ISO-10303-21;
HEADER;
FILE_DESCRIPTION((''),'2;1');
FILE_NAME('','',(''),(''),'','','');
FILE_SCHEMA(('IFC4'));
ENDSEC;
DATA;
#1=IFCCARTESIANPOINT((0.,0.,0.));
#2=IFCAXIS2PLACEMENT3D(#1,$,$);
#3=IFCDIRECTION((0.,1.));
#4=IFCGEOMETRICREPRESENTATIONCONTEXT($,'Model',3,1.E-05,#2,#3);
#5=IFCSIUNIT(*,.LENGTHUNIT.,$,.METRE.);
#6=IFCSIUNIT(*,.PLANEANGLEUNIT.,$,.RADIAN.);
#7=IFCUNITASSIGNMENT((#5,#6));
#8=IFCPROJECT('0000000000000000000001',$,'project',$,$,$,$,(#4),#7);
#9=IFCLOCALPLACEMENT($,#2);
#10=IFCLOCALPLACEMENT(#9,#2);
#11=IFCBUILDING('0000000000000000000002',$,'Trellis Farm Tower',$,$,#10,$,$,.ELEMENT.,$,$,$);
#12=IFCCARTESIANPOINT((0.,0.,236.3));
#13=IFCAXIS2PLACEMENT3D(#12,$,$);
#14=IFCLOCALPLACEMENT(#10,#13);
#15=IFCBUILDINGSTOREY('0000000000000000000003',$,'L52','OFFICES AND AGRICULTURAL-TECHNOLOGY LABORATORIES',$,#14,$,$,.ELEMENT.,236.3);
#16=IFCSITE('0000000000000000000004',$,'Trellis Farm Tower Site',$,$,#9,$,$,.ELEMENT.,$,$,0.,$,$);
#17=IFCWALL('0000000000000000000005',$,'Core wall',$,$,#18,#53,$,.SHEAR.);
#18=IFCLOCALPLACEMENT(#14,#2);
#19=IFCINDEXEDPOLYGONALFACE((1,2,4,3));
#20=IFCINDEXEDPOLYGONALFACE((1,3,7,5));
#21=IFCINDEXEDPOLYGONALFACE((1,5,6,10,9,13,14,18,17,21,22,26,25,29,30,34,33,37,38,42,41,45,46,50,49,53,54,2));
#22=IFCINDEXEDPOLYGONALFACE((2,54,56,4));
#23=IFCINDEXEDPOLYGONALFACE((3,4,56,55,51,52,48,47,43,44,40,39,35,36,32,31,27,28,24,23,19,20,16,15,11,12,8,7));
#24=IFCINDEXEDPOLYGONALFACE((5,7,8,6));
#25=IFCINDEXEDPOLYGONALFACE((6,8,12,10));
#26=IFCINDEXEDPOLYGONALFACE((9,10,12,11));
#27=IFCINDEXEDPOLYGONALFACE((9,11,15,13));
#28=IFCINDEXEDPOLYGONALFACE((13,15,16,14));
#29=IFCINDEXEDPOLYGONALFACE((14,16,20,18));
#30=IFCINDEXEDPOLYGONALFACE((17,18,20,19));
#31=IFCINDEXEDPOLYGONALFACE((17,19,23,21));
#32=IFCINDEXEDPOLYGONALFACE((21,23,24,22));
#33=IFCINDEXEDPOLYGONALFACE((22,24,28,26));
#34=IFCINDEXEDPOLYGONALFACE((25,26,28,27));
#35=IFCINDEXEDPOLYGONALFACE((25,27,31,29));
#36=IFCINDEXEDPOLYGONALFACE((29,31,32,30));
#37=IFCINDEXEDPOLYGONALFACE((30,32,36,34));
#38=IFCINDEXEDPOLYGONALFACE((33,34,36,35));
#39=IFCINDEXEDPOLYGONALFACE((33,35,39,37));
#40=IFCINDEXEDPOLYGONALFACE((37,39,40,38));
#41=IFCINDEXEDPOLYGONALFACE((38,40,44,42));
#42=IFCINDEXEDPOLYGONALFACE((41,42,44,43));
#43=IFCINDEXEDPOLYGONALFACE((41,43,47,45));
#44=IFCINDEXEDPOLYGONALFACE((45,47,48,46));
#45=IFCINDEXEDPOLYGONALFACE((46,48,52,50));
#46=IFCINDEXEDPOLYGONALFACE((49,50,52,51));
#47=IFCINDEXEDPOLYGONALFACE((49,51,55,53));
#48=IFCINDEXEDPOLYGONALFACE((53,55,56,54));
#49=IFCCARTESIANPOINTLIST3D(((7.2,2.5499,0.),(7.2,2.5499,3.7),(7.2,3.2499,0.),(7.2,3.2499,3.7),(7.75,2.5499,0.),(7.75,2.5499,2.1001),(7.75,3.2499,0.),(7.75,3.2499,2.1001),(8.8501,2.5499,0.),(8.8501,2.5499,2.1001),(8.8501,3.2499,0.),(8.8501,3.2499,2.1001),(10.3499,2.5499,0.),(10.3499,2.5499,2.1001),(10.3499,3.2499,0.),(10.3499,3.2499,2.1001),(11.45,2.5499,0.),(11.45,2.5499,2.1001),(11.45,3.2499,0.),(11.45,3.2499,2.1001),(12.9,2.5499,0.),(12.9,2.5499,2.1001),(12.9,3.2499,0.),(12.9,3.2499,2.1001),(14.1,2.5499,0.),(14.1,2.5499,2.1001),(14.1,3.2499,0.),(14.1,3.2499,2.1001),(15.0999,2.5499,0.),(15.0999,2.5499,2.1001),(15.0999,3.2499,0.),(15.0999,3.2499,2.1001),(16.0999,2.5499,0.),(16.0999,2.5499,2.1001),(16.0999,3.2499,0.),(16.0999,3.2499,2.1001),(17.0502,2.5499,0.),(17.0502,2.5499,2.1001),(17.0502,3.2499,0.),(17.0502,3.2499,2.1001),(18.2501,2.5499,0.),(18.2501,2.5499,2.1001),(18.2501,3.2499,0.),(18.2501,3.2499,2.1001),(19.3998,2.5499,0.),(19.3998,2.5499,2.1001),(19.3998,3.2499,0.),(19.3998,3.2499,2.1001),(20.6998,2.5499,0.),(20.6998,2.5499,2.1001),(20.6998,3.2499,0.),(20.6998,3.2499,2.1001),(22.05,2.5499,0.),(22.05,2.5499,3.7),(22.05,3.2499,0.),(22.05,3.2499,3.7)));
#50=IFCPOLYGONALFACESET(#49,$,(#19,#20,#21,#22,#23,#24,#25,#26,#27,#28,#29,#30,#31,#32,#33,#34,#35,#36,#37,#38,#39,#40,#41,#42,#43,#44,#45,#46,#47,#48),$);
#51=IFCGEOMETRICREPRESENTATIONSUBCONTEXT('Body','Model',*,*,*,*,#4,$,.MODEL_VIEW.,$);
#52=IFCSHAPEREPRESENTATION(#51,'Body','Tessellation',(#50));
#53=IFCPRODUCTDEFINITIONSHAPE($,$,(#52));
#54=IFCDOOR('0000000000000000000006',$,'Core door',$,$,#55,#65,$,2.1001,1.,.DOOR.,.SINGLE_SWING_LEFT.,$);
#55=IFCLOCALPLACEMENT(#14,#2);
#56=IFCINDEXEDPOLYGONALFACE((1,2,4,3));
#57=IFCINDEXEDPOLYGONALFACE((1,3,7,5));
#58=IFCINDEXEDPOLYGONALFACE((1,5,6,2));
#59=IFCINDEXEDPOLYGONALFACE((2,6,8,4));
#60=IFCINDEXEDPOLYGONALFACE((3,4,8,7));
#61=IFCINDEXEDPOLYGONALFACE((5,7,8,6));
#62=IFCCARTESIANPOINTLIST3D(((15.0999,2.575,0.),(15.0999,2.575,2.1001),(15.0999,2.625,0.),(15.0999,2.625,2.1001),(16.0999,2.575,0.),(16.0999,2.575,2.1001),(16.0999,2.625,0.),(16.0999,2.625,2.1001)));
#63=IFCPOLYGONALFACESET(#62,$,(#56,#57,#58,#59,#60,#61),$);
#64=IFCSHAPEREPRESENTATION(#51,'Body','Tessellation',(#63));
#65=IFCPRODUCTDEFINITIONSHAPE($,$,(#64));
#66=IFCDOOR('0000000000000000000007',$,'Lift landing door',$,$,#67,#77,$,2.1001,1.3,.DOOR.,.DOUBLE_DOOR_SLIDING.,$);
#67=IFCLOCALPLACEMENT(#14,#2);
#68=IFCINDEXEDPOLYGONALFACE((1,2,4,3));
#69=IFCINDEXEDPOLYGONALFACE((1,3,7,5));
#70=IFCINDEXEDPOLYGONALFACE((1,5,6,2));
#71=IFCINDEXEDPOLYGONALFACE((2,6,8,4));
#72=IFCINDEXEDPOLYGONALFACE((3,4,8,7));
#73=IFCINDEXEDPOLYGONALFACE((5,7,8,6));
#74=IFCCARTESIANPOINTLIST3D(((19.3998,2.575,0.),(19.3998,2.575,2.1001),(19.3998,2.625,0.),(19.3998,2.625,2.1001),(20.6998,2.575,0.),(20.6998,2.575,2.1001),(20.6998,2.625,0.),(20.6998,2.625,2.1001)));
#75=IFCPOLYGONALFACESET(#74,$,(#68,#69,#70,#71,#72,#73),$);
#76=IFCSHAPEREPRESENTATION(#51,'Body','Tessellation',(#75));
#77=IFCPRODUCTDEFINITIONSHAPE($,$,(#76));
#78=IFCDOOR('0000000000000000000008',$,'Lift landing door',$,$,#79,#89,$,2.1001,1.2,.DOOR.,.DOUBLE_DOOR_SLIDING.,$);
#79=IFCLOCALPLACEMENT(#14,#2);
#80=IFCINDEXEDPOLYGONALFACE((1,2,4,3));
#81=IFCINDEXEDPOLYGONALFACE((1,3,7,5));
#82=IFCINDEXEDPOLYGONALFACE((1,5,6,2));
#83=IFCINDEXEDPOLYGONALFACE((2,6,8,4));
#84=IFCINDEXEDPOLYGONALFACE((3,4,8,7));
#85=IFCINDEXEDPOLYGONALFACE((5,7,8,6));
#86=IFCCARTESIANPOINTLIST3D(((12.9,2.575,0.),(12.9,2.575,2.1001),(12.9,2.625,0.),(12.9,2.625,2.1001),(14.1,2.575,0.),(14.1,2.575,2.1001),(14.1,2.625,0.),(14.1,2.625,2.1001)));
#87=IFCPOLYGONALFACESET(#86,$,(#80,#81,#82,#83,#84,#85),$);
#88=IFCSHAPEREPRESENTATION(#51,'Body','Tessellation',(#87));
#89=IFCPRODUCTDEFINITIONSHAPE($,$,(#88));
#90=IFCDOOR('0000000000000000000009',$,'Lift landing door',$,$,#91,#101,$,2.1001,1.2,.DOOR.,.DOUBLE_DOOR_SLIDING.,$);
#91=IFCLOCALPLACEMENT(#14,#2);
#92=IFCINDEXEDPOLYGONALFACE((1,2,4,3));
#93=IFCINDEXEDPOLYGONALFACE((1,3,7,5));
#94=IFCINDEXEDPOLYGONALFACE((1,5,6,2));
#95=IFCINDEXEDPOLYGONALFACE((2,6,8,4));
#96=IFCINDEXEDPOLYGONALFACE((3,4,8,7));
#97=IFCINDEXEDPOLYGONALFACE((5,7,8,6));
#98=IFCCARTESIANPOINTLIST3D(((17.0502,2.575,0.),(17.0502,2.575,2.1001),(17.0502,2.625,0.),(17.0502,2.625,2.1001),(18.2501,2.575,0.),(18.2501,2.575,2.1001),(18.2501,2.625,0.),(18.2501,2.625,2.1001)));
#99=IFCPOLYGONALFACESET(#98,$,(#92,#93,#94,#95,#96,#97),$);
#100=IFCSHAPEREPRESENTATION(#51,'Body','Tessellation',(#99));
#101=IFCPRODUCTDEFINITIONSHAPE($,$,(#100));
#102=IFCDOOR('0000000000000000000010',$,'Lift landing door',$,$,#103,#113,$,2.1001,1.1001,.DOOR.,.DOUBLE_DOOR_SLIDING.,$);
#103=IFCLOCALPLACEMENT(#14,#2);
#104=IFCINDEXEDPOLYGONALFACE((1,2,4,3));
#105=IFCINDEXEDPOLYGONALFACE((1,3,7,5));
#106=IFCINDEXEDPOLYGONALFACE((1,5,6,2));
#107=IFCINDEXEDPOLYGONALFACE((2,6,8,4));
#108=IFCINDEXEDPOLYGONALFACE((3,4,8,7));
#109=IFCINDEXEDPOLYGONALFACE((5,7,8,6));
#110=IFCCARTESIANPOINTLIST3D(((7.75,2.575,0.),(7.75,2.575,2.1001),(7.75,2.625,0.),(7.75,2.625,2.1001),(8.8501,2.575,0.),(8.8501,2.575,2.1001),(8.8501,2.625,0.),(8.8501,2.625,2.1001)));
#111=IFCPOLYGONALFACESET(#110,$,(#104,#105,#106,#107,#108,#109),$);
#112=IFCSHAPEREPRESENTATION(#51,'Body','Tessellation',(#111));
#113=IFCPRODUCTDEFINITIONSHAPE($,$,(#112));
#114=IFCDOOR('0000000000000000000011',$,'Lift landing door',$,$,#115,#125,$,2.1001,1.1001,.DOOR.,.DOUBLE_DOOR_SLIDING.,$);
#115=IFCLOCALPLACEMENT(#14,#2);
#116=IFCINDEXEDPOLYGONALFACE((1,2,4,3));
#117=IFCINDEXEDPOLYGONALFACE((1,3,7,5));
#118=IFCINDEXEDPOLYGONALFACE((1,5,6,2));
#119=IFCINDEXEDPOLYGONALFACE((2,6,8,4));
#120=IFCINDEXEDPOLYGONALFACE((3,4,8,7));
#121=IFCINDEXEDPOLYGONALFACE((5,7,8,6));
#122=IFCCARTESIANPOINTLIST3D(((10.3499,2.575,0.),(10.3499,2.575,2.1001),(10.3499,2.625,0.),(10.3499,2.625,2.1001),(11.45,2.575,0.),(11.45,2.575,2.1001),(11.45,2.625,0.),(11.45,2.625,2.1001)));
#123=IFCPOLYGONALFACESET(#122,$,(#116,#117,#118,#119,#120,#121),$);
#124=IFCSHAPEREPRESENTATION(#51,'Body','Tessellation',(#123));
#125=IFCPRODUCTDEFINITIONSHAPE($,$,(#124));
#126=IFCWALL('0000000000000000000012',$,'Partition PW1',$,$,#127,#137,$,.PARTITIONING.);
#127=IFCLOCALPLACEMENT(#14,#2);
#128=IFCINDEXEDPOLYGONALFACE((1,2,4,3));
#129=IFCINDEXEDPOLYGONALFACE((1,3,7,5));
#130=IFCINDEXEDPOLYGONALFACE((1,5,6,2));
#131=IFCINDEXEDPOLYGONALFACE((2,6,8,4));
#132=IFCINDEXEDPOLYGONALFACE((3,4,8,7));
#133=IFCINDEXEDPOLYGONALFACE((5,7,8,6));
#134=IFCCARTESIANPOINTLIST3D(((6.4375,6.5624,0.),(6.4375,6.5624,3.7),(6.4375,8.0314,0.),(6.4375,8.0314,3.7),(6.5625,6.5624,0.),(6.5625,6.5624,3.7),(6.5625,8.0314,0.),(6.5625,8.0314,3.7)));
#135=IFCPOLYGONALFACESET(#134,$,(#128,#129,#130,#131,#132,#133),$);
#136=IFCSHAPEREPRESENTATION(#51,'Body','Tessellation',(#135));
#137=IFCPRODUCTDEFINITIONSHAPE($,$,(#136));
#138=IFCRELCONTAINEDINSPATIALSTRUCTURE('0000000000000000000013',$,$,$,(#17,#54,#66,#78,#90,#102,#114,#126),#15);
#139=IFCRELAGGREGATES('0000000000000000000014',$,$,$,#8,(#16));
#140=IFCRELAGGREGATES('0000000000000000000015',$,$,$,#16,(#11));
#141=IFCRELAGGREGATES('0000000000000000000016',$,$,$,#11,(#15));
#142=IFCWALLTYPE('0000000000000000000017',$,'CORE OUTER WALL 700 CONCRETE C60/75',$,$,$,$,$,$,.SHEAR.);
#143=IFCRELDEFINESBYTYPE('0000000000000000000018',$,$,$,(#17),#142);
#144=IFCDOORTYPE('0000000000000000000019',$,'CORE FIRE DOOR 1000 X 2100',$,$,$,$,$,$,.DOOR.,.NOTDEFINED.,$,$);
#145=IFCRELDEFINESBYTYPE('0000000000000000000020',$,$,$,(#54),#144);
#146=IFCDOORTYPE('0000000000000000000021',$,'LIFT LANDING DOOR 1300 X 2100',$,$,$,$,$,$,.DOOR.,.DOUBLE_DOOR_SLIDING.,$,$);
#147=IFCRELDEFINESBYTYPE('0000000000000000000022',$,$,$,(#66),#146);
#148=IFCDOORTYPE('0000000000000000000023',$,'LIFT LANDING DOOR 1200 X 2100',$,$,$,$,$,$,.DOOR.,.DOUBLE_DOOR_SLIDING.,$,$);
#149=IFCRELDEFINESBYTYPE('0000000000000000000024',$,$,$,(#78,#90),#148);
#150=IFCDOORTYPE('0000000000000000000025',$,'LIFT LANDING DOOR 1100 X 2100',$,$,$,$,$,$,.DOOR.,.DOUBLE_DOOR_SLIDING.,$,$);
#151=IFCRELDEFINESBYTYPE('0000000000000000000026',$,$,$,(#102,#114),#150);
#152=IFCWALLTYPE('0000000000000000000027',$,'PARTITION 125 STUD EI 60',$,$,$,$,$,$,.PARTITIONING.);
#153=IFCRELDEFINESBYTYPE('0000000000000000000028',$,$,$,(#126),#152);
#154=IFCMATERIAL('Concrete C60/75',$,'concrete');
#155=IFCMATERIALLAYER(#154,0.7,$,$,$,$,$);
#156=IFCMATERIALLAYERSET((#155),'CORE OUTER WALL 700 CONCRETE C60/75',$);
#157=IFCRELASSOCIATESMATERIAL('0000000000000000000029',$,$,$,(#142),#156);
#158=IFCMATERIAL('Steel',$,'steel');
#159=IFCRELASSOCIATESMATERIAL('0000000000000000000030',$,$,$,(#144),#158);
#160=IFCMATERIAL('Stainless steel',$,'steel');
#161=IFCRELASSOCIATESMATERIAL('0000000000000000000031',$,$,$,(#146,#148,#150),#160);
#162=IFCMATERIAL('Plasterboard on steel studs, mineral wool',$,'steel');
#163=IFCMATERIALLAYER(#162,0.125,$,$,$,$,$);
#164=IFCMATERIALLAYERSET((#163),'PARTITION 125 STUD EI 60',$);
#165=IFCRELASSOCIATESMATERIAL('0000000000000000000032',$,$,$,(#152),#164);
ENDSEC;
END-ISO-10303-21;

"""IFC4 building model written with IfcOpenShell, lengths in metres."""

from ifc_helpers import new_model, si_unit, direction, frame, frame_2d, origin, place, context, subcontext, project, spatial, rectangle, extrude, source, transform, mapped, material, layer, layer_set, type_object, element, fill, save


model = new_model("IFC4")

# Units and contexts
model_context = context("Model", 3, precision=1e-05, world=origin(), true_north=direction((0.0, 1.0)))
body_context = subcontext(model_context, "Body", "Model", "MODEL_VIEW")
ifc_project = project(units=[si_unit("LENGTHUNIT", "METRE"), si_unit("PLANEANGLEUNIT", "RADIAN")], contexts=[model_context])

# Site, building, storey
site_placement = place(None, origin())
site = spatial("IfcSite", under=ifc_project, at=site_placement, Name="Trellis Farm Tower Site", CompositionType="ELEMENT", RefElevation=0.0)
building_placement = place(site_placement, origin())
building = spatial("IfcBuilding", under=site, at=building_placement, Name="Trellis Farm Tower", CompositionType="ELEMENT")
storey_placement = place(building_placement, frame((0.0, 0.0, 236.3)))
storey = spatial("IfcBuildingStorey", under=building, at=storey_placement, Name="L52", Description="OFFICES AND AGRICULTURAL-TECHNOLOGY LABORATORIES", CompositionType="ELEMENT", Elevation=236.3)

# Shared definitions
ifc_material_1 = material(Name="Concrete C60/75", Category="concrete")

# Wall, openings, doors
ifc_layer_1 = layer(ifc_material_1, 0.7)
ifc_layer_set_1 = layer_set([ifc_layer_1], Name="CORE OUTER WALL 700 CONCRETE C60/75")
wall_type_1 = type_object("IfcWallType", Name="CORE OUTER WALL 700 CONCRETE C60/75", PredefinedType="SHEAR", material=ifc_layer_set_1)
shared_shape_1 = source(origin(), body_context, "Body", "SweptSolid", [
    extrude(rectangle(XDim=14.8501, YDim=0.7, at=frame_2d((7.425, 0.0))), origin(), (0.0, 0.0, 1.0), 3.7),
])
wall_1_placement = place(storey_placement, frame((7.2, 2.8999, 0.0), z_axis=(0.0, 0.0, 1.0), x_axis=(1.0, 0.0, 0.0)))
wall_1 = element("IfcWall", 1, at=wall_1_placement, inside=storey, type_object=wall_type_1, Name="Core wall", PredefinedType="SHEAR", context=body_context, shape_type="MappedRepresentation", body=[
    mapped(shared_shape_1, transform((0.0, 0.0, 0.0))),
])
shared_shape_2 = source(origin(), body_context, "Body", "SweptSolid", [
    extrude(rectangle(XDim=1.1001, YDim=2.1001, at=frame_2d((0.55, 1.05))), frame((0.0, 0.3601, 0.0), z_axis=(0.0, -1.0, 0.0), x_axis=(1.0, 0.0, 0.0)), (0.0, 0.0, 1.0), 0.7202),
])
opening_1_placement = place(wall_1_placement, frame((0.55, 0.0, 0.0)))
opening_1 = element("IfcOpeningElement", 2, at=opening_1_placement, cuts=wall_1, PredefinedType="OPENING", context=body_context, shape_type="MappedRepresentation", body=[
    mapped(shared_shape_2, transform((0.0, 0.0, 0.0))),
])
opening_2_placement = place(wall_1_placement, frame((3.1499, 0.0, 0.0)))
opening_2 = element("IfcOpeningElement", 3, at=opening_2_placement, cuts=wall_1, PredefinedType="OPENING", context=body_context, shape_type="MappedRepresentation", body=[
    mapped(shared_shape_2, transform((0.0, 0.0, 0.0))),
])
shared_shape_3 = source(origin(), body_context, "Body", "SweptSolid", [
    extrude(rectangle(XDim=1.2, YDim=2.1001, at=frame_2d((0.6001, 1.05))), frame((0.0, 0.3601, 0.0), z_axis=(0.0, -1.0, 0.0), x_axis=(1.0, 0.0, 0.0)), (0.0, 0.0, 1.0), 0.7202),
])
opening_3_placement = place(wall_1_placement, frame((5.7, 0.0, 0.0)))
opening_3 = element("IfcOpeningElement", 4, at=opening_3_placement, cuts=wall_1, PredefinedType="OPENING", context=body_context, shape_type="MappedRepresentation", body=[
    mapped(shared_shape_3, transform((0.0, 0.0, 0.0))),
])
shared_shape_4 = source(origin(), body_context, "Body", "SweptSolid", [
    extrude(rectangle(XDim=1.3, YDim=2.1001, at=frame_2d((0.6499, 1.05))), frame((0.0, 0.3601, 0.0), z_axis=(0.0, -1.0, 0.0), x_axis=(1.0, 0.0, 0.0)), (0.0, 0.0, 1.0), 0.7202),
])
opening_4_placement = place(wall_1_placement, frame((12.2, 0.0, 0.0)))
opening_4 = element("IfcOpeningElement", 5, at=opening_4_placement, cuts=wall_1, PredefinedType="OPENING", context=body_context, shape_type="MappedRepresentation", body=[
    mapped(shared_shape_4, transform((0.0, 0.0, 0.0))),
])
opening_5_placement = place(wall_1_placement, frame((9.8501, 0.0, 0.0)))
opening_5 = element("IfcOpeningElement", 6, at=opening_5_placement, cuts=wall_1, PredefinedType="OPENING", context=body_context, shape_type="MappedRepresentation", body=[
    mapped(shared_shape_3, transform((0.0, 0.0, 0.0))),
])
shared_shape_5 = source(origin(), body_context, "Body", "SweptSolid", [
    extrude(rectangle(XDim=1.0, YDim=2.1001, at=frame_2d((0.5, 1.05))), frame((0.0, 0.3601, 0.0), z_axis=(0.0, -1.0, 0.0), x_axis=(1.0, 0.0, 0.0)), (0.0, 0.0, 1.0), 0.7202),
])
opening_6_placement = place(wall_1_placement, frame((7.8999, 0.0, 0.0)))
opening_6 = element("IfcOpeningElement", 7, at=opening_6_placement, cuts=wall_1, PredefinedType="OPENING", context=body_context, shape_type="MappedRepresentation", body=[
    mapped(shared_shape_5, transform((0.0, 0.0, 0.0))),
])
ifc_material_2 = material(Name="Steel", Category="steel")
door_type_1 = type_object("IfcDoorType", Name="CORE FIRE DOOR 1000 X 2100", OperationType="NOTDEFINED", PredefinedType="DOOR", material=ifc_material_2)
shared_shape_6 = source(origin(), body_context, "Body", "SweptSolid", [
    extrude(rectangle(XDim=1.0, YDim=2.1001, at=frame_2d((0.5, 1.05))), frame((0.0, -0.2749, 0.0), z_axis=(0.0, -1.0, 0.0), x_axis=(1.0, 0.0, 0.0)), (0.0, 0.0, 1.0), 0.05),
])
door_1_placement = place(opening_6_placement, origin())
door_1 = element("IfcDoor", 8, at=door_1_placement, inside=storey, type_object=door_type_1, Name="Core door", OperationType="SINGLE_SWING_LEFT", OverallHeight=2.1001, OverallWidth=1.0, PredefinedType="DOOR", context=body_context, shape_type="MappedRepresentation", body=[
    mapped(shared_shape_6, transform((0.0, 0.0, 0.0))),
])
fill(opening_6, door_1)
ifc_material_3 = material(Name="Stainless steel", Category="steel")
door_type_2 = type_object("IfcDoorType", Name="LIFT LANDING DOOR 1300 X 2100", OperationType="DOUBLE_DOOR_SLIDING", PredefinedType="DOOR", material=ifc_material_3)
shared_shape_7 = source(origin(), body_context, "Body", "SweptSolid", [
    extrude(rectangle(XDim=1.3, YDim=2.1001, at=frame_2d((0.6499, 1.05))), frame((0.0, -0.2749, 0.0), z_axis=(0.0, -1.0, 0.0), x_axis=(1.0, 0.0, 0.0)), (0.0, 0.0, 1.0), 0.05),
])
door_2_placement = place(opening_4_placement, origin())
door_2 = element("IfcDoor", 9, at=door_2_placement, inside=storey, type_object=door_type_2, Name="Lift landing door", OperationType="DOUBLE_DOOR_SLIDING", OverallHeight=2.1001, OverallWidth=1.3, PredefinedType="DOOR", context=body_context, shape_type="MappedRepresentation", body=[
    mapped(shared_shape_7, transform((0.0, 0.0, 0.0))),
])
fill(opening_4, door_2)
door_type_3 = type_object("IfcDoorType", Name="LIFT LANDING DOOR 1200 X 2100", OperationType="DOUBLE_DOOR_SLIDING", PredefinedType="DOOR", material=ifc_material_3)
shared_shape_8 = source(origin(), body_context, "Body", "SweptSolid", [
    extrude(rectangle(XDim=1.2, YDim=2.1001, at=frame_2d((0.6001, 1.05))), frame((0.0, -0.2749, 0.0), z_axis=(0.0, -1.0, 0.0), x_axis=(1.0, 0.0, 0.0)), (0.0, 0.0, 1.0), 0.05),
])
door_3_placement = place(opening_3_placement, origin())
door_3 = element("IfcDoor", 10, at=door_3_placement, inside=storey, type_object=door_type_3, Name="Lift landing door", OperationType="DOUBLE_DOOR_SLIDING", OverallHeight=2.1001, OverallWidth=1.2, PredefinedType="DOOR", context=body_context, shape_type="MappedRepresentation", body=[
    mapped(shared_shape_8, transform((0.0, 0.0, 0.0))),
])
fill(opening_3, door_3)
door_4_placement = place(opening_5_placement, origin())
door_4 = element("IfcDoor", 11, at=door_4_placement, inside=storey, type_object=door_type_3, Name="Lift landing door", OperationType="DOUBLE_DOOR_SLIDING", OverallHeight=2.1001, OverallWidth=1.2, PredefinedType="DOOR", context=body_context, shape_type="MappedRepresentation", body=[
    mapped(shared_shape_8, transform((0.0, 0.0, 0.0))),
])
fill(opening_5, door_4)
door_type_4 = type_object("IfcDoorType", Name="LIFT LANDING DOOR 1100 X 2100", OperationType="DOUBLE_DOOR_SLIDING", PredefinedType="DOOR", material=ifc_material_3)
shared_shape_9 = source(origin(), body_context, "Body", "SweptSolid", [
    extrude(rectangle(XDim=1.1001, YDim=2.1001, at=frame_2d((0.55, 1.05))), frame((0.0, -0.2749, 0.0), z_axis=(0.0, -1.0, 0.0), x_axis=(1.0, 0.0, 0.0)), (0.0, 0.0, 1.0), 0.05),
])
door_5_placement = place(opening_1_placement, origin())
door_5 = element("IfcDoor", 12, at=door_5_placement, inside=storey, type_object=door_type_4, Name="Lift landing door", OperationType="DOUBLE_DOOR_SLIDING", OverallHeight=2.1001, OverallWidth=1.1001, PredefinedType="DOOR", context=body_context, shape_type="MappedRepresentation", body=[
    mapped(shared_shape_9, transform((0.0, 0.0, 0.0))),
])
fill(opening_1, door_5)
door_6_placement = place(opening_2_placement, origin())
door_6 = element("IfcDoor", 13, at=door_6_placement, inside=storey, type_object=door_type_4, Name="Lift landing door", OperationType="DOUBLE_DOOR_SLIDING", OverallHeight=2.1001, OverallWidth=1.1001, PredefinedType="DOOR", context=body_context, shape_type="MappedRepresentation", body=[
    mapped(shared_shape_9, transform((0.0, 0.0, 0.0))),
])
fill(opening_2, door_6)

# Wall
ifc_material_4 = material(Name="Plasterboard on steel studs, mineral wool", Category="steel")
ifc_layer_2 = layer(ifc_material_4, 0.125)
ifc_layer_set_2 = layer_set([ifc_layer_2], Name="PARTITION 125 STUD EI 60")
wall_type_2 = type_object("IfcWallType", Name="PARTITION 125 STUD EI 60", PredefinedType="PARTITIONING", material=ifc_layer_set_2)
shared_shape_10 = source(origin(), body_context, "Body", "SweptSolid", [
    extrude(rectangle(XDim=1.469, YDim=0.125, at=frame_2d((0.7344, 0.0))), origin(), (0.0, 0.0, 1.0), 3.7),
])
wall_2_placement = place(storey_placement, frame((6.5, 6.5625, 0.0), z_axis=(0.0, 0.0, 1.0), x_axis=(0.0, 1.0, 0.0)))
element("IfcWall", 14, at=wall_2_placement, inside=storey, type_object=wall_type_2, Name="Partition PW1", PredefinedType="PARTITIONING", context=body_context, shape_type="MappedRepresentation", body=[
    mapped(shared_shape_10, transform((0.0, 0.0, 0.0))),
])

save(model, "model.ifc")
